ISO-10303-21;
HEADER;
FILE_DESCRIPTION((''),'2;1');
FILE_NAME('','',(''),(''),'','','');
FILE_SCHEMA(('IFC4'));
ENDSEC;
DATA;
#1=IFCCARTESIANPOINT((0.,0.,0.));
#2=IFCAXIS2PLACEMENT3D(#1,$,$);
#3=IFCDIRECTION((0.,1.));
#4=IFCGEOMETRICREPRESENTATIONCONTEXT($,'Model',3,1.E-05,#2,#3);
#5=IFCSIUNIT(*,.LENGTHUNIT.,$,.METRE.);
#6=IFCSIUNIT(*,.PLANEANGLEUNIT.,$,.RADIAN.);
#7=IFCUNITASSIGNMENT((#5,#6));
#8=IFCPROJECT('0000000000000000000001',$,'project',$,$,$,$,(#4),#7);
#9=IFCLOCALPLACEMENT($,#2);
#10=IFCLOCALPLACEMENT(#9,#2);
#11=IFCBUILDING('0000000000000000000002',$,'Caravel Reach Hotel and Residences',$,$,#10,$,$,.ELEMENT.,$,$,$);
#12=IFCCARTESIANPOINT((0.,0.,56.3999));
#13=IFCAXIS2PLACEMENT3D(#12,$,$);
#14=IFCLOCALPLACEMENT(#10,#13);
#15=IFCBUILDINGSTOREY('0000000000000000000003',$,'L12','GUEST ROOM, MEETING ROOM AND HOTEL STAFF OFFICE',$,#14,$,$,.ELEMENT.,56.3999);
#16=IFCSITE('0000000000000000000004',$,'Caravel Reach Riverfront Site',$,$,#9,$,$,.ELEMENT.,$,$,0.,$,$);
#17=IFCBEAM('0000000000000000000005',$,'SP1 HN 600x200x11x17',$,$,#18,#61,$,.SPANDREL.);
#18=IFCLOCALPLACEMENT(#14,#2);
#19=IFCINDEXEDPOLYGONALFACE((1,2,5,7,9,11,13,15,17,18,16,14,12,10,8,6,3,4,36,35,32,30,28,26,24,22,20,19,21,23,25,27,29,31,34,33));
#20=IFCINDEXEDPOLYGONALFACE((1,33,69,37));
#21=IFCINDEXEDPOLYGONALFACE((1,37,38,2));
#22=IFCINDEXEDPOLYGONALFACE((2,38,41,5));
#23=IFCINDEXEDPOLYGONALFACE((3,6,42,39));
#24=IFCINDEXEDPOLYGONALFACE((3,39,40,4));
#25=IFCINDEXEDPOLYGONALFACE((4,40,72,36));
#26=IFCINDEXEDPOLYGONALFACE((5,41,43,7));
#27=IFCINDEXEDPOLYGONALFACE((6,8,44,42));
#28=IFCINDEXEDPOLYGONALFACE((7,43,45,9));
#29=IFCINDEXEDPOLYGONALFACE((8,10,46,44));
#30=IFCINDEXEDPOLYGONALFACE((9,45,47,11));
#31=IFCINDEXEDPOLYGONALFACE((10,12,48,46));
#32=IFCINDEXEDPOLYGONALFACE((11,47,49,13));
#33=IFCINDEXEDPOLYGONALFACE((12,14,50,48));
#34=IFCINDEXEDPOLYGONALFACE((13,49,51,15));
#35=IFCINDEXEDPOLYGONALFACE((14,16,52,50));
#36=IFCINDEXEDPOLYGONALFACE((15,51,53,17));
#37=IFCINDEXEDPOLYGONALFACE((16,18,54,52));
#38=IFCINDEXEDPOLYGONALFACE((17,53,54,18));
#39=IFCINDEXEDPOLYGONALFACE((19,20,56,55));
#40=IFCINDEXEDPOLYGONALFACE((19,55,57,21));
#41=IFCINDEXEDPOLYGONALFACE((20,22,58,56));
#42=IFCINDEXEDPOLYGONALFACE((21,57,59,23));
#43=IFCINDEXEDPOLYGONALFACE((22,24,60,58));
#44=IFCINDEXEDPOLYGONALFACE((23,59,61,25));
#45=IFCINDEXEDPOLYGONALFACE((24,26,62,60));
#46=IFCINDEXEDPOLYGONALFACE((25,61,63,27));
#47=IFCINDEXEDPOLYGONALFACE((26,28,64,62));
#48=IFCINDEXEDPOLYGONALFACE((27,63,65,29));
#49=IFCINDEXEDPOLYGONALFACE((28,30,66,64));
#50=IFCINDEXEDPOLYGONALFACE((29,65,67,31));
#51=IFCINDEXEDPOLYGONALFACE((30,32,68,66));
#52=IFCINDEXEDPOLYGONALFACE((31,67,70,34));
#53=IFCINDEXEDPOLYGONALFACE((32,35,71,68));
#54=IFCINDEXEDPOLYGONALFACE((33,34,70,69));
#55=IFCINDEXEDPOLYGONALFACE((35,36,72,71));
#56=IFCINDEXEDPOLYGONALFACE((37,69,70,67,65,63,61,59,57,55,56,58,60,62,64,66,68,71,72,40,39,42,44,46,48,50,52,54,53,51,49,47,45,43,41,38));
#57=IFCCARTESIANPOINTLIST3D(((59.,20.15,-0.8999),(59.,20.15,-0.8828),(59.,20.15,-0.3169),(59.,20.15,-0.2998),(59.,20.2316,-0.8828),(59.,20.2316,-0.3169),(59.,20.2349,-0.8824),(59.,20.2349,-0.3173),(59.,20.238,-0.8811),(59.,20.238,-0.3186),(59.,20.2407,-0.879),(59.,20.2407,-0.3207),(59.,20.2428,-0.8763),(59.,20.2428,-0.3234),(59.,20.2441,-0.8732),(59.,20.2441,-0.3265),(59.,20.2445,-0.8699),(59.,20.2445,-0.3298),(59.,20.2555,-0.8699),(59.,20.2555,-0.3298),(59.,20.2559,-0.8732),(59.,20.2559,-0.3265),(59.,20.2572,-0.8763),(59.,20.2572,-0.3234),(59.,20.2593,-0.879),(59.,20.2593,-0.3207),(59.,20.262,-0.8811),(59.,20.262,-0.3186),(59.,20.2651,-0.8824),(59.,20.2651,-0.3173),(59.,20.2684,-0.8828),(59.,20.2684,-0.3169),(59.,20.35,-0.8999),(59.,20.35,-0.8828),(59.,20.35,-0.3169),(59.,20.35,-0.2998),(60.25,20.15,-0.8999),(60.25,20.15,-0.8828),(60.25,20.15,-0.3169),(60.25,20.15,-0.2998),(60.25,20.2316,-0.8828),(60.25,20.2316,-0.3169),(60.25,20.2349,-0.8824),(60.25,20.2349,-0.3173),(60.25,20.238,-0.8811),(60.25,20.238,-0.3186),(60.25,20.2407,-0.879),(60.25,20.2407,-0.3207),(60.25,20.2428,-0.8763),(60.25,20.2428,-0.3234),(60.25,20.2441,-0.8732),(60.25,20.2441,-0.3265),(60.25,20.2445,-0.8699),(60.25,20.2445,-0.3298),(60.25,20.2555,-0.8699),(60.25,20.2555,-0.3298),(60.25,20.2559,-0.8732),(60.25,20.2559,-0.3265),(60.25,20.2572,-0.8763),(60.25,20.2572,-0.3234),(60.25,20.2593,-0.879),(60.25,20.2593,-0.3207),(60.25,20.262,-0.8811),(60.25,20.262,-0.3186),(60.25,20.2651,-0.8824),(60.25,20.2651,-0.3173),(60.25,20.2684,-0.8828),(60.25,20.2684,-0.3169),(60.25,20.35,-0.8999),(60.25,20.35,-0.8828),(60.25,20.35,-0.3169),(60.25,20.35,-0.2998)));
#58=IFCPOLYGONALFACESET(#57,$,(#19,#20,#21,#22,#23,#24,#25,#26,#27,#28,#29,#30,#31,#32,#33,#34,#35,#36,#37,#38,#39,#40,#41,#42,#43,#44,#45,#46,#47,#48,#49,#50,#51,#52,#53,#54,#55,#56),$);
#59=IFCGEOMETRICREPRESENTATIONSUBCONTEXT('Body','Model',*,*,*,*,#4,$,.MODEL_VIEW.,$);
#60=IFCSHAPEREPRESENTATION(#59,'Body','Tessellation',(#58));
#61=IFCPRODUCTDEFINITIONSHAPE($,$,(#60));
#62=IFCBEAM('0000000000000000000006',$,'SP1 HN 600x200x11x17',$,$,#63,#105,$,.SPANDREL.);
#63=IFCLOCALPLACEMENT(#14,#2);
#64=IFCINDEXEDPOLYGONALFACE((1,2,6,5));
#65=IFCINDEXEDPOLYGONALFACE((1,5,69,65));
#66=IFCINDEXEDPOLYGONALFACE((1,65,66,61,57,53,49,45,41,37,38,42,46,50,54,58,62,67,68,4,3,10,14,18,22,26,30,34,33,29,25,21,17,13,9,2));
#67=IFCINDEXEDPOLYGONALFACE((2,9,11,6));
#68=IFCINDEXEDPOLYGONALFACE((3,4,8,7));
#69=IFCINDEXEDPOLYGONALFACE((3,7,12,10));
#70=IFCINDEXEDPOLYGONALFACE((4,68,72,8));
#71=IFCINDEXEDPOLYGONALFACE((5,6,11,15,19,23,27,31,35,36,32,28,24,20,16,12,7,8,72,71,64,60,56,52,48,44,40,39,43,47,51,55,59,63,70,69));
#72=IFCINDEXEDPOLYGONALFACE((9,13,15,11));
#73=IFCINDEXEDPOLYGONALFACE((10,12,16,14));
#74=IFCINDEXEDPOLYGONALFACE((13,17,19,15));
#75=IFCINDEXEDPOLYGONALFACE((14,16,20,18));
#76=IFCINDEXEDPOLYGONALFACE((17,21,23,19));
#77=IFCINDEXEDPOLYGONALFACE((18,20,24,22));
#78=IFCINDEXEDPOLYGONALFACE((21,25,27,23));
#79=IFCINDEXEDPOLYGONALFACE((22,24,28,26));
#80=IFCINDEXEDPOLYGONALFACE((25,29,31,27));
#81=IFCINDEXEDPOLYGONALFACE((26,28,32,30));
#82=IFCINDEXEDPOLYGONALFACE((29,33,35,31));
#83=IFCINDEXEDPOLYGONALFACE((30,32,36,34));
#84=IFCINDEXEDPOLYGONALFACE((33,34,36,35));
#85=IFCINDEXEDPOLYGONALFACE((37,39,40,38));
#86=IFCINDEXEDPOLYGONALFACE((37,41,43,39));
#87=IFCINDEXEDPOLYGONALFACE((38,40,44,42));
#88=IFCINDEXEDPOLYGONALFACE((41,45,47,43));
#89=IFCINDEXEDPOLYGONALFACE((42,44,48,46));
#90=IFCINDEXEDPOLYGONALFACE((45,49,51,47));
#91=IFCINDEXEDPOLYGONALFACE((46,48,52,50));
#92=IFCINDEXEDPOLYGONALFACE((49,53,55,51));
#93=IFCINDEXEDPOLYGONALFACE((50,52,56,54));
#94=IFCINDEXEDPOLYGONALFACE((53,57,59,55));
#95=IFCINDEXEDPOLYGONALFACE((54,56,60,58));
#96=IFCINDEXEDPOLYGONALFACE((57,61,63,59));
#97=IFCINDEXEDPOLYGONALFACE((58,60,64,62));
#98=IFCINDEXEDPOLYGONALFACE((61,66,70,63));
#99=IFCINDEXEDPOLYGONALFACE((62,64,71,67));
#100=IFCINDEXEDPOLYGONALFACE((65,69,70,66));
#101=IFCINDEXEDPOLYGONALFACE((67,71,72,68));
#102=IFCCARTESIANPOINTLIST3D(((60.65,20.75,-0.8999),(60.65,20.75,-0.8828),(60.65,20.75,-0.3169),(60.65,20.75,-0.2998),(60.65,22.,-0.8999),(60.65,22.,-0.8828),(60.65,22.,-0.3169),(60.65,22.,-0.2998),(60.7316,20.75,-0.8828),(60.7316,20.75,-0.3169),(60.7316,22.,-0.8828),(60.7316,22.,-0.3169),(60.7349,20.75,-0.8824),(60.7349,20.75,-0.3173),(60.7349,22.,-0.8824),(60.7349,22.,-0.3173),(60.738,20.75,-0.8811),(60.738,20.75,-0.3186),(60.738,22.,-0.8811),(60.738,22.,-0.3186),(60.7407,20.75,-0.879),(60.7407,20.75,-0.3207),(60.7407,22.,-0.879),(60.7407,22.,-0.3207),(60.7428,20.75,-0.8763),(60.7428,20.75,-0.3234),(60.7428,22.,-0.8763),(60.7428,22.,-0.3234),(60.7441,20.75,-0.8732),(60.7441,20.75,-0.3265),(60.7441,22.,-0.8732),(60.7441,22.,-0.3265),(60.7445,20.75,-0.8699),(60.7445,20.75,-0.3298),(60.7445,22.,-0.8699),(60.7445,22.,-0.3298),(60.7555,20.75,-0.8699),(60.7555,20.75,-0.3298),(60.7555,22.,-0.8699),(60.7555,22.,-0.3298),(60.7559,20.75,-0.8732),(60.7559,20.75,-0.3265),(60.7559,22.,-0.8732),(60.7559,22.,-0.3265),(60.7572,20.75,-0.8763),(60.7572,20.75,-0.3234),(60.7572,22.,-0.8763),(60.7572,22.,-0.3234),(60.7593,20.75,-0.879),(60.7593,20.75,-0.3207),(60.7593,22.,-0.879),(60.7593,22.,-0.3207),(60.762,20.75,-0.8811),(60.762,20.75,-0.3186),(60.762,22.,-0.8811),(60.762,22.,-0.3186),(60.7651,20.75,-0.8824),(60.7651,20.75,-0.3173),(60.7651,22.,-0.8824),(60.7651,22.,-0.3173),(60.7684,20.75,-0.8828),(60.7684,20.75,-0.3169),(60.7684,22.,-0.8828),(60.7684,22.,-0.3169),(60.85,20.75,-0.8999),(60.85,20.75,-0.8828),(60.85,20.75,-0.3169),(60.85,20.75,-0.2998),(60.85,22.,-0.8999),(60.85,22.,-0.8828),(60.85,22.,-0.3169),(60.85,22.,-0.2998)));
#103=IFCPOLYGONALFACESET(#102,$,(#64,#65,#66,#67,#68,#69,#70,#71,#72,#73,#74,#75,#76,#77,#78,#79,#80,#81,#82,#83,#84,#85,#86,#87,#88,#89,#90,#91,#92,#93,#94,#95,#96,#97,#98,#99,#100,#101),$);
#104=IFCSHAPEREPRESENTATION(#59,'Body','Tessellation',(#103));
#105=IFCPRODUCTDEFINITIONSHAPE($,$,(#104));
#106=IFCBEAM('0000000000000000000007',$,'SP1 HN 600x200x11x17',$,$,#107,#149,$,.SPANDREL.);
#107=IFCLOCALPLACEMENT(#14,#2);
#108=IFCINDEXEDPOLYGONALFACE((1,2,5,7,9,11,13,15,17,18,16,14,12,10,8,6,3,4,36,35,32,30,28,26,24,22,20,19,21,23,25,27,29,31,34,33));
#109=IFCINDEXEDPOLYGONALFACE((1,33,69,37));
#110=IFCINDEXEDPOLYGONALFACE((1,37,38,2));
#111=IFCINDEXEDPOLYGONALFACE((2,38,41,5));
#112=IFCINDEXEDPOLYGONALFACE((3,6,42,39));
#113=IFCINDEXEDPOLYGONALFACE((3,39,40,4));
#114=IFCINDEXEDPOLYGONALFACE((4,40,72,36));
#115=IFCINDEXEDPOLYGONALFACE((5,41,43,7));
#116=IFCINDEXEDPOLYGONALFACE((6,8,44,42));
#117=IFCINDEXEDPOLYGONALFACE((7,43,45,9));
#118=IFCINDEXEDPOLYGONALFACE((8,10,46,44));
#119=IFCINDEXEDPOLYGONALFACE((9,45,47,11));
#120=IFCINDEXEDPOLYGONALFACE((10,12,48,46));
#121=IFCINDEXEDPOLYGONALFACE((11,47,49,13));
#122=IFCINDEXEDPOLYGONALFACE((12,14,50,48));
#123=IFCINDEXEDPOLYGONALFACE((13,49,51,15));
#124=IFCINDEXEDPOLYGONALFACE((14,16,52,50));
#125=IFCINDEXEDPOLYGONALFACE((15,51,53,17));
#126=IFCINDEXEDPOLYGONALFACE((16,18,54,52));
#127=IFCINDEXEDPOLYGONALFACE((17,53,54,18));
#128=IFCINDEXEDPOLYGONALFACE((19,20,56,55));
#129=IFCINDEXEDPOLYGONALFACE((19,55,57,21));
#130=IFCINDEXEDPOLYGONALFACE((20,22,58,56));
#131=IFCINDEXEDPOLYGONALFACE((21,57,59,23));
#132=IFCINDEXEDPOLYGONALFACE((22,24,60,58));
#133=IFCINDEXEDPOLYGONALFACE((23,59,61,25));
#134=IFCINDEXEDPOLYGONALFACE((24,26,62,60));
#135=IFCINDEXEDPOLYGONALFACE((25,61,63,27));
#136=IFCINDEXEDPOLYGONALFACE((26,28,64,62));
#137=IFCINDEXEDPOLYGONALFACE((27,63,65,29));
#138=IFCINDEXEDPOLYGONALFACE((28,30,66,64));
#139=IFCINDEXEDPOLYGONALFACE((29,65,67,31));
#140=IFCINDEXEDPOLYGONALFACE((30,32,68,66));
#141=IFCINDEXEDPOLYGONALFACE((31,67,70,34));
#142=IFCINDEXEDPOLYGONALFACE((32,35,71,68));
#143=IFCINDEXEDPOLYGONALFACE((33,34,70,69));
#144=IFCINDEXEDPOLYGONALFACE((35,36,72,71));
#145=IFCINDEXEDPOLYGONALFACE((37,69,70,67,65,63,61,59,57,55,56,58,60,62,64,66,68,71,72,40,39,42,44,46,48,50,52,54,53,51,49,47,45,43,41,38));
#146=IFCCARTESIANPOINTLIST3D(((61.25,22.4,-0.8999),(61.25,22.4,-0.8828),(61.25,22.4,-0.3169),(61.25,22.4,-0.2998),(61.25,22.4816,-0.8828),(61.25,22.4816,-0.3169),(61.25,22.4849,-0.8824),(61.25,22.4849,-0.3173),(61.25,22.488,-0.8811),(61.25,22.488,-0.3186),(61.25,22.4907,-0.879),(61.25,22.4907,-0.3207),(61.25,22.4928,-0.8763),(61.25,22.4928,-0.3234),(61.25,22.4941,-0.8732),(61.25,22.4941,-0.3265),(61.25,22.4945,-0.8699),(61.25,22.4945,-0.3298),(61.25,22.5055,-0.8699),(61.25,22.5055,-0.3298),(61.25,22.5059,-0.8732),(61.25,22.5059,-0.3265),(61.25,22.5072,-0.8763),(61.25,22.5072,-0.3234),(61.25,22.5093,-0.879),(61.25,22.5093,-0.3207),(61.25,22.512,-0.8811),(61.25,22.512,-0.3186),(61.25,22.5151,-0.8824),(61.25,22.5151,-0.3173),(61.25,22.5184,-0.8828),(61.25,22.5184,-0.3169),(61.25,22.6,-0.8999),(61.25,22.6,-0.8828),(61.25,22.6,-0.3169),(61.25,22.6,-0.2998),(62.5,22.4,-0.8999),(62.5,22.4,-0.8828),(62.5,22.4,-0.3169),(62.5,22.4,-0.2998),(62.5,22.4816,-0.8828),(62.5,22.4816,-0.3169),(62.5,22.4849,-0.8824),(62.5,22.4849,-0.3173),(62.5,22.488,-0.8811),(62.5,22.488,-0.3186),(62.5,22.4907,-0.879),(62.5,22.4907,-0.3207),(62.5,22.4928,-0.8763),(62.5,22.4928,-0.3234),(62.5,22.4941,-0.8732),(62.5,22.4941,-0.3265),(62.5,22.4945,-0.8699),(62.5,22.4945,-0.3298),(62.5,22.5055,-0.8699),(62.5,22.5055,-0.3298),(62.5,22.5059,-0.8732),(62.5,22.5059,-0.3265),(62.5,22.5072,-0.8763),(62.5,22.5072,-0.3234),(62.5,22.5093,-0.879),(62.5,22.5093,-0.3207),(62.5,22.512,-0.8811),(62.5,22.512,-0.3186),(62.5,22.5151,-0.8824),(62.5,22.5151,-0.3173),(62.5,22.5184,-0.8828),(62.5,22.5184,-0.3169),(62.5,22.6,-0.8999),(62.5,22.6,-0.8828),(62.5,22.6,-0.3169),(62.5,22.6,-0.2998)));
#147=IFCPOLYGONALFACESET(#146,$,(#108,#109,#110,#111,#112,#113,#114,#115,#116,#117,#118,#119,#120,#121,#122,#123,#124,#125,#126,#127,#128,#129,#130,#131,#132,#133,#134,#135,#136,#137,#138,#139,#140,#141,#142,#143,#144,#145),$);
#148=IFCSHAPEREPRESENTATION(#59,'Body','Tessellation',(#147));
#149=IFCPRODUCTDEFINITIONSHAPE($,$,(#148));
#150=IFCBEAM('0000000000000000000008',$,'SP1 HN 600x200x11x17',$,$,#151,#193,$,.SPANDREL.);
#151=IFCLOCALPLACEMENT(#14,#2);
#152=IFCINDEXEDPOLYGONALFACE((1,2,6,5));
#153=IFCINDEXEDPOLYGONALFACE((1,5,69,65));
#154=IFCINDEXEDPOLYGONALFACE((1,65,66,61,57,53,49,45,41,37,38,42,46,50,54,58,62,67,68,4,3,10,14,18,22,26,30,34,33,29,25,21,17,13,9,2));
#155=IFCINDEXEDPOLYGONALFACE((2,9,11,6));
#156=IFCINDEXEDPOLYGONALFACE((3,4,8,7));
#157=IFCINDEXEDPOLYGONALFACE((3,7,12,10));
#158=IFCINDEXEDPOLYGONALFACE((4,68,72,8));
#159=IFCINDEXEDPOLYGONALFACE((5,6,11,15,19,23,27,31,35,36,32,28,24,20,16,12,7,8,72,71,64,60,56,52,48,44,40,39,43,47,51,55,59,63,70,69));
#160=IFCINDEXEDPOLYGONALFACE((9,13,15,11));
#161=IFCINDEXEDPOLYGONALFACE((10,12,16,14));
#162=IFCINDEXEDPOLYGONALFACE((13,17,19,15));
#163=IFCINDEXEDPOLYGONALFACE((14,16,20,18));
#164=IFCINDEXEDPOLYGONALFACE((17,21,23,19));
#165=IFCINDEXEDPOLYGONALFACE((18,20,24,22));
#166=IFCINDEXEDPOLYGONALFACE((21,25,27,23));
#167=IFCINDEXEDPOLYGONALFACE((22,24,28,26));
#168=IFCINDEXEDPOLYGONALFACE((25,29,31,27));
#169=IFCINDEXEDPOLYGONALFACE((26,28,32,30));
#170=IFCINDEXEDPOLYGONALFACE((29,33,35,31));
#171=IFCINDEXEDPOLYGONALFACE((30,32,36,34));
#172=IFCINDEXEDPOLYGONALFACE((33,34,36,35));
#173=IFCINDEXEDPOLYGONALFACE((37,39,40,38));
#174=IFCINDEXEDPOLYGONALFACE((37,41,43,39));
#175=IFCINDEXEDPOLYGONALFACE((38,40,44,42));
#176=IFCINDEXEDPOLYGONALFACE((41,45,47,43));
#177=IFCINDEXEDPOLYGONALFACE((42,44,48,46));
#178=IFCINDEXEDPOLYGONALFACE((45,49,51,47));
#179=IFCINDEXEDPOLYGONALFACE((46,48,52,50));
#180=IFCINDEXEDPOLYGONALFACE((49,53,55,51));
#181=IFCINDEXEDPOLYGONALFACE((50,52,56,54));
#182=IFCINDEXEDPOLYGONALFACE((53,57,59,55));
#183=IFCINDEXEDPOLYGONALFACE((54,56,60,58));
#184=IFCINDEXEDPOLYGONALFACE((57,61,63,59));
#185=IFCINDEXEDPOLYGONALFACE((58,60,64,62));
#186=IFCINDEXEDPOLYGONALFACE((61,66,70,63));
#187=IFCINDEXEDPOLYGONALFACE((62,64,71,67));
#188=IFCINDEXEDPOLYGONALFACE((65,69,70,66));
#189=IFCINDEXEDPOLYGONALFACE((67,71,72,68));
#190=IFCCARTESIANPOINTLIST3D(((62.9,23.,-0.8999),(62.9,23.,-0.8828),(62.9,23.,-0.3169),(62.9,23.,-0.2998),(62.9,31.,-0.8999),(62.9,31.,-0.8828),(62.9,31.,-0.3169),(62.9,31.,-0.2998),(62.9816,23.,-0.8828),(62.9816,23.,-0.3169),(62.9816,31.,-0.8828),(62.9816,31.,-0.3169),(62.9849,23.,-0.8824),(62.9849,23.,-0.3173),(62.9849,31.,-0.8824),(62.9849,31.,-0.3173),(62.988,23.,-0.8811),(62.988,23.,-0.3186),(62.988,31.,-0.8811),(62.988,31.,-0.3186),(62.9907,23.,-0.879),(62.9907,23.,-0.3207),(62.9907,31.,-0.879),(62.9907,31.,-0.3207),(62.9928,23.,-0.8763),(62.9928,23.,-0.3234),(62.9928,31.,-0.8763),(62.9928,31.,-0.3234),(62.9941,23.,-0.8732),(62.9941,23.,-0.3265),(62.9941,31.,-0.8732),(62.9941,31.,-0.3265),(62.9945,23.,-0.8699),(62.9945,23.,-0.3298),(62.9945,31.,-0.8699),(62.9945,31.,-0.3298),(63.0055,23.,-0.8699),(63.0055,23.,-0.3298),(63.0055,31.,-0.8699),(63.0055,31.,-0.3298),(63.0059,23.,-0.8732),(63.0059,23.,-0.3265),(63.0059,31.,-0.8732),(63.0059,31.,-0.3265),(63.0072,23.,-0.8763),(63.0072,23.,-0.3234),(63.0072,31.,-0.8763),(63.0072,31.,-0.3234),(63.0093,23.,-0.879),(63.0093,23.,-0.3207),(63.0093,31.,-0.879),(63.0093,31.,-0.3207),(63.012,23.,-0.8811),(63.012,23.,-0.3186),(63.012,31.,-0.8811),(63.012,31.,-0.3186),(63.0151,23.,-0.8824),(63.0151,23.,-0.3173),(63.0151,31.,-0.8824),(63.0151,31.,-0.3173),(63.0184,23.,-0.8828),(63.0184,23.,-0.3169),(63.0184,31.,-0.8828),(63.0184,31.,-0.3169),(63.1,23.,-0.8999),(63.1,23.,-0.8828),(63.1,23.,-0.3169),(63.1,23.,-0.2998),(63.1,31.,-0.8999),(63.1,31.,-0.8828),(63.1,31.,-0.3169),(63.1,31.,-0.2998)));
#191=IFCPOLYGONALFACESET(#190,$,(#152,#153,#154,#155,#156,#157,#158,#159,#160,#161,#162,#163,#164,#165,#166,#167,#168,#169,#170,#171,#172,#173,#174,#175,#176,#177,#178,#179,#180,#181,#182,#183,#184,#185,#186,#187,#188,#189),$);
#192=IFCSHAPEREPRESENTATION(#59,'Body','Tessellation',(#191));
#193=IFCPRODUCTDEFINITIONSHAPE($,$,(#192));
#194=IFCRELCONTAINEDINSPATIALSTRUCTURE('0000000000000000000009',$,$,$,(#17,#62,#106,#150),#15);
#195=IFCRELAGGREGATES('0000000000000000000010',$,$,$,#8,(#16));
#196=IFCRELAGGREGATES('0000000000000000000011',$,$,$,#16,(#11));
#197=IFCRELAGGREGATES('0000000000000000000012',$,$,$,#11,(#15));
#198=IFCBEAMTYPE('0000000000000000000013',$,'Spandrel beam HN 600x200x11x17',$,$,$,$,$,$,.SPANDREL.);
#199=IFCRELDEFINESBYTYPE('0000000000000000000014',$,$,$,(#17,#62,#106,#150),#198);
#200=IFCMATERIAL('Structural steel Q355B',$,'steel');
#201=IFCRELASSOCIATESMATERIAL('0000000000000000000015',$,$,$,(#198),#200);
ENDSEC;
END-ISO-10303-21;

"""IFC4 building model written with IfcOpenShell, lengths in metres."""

from ifc_helpers import new_model, si_unit, direction, frame, origin, origin_2d, place, context, subcontext, project, spatial, i_section, extrude, material, material_profile, profile_set, type_object, element, save


model = new_model("IFC4")

# Units and contexts
model_context = context("Model", 3, precision=1e-05, world=origin(), true_north=direction((0.0, 1.0)))
body_context = subcontext(model_context, "Body", "Model", "MODEL_VIEW")
ifc_project = project(units=[si_unit("LENGTHUNIT", "METRE"), si_unit("PLANEANGLEUNIT", "RADIAN")], contexts=[model_context])

# Site, building, storey
site_placement = place(None, origin())
site = spatial("IfcSite", under=ifc_project, at=site_placement, Name="Caravel Reach Riverfront Site", CompositionType="ELEMENT", RefElevation=0.0)
building_placement = place(site_placement, origin())
building = spatial("IfcBuilding", under=site, at=building_placement, Name="Caravel Reach Hotel and Residences", CompositionType="ELEMENT")
storey_placement = place(building_placement, frame((0.0, 0.0, 56.3999)))
storey = spatial("IfcBuildingStorey", under=building, at=storey_placement, Name="L12", Description="GUEST ROOM, MEETING ROOM AND HOTEL STAFF OFFICE", CompositionType="ELEMENT", Elevation=56.3999)

# Beams
ifc_material_1 = material(Name="Structural steel Q355B", Category="steel")
ifc_material_profile_1 = material_profile(ifc_material_1, i_section(OverallWidth=0.2, OverallDepth=0.6001, WebThickness=0.011, FlangeThickness=0.0171, FilletRadius=0.0129, at=origin_2d()), Name="HN 600x200x11x17")
ifc_profile_set_1 = profile_set([ifc_material_profile_1], Name="Structural steel Q355B")
beam_type = type_object("IfcBeamType", Name="Spandrel beam HN 600x200x11x17", PredefinedType="SPANDREL", material=ifc_profile_set_1)
for number, where, z_axis, x_axis, name in (
    (1, (59.0, 20.25, -0.5999), (1.0, 0.0, 0.0), (0.0, 1.0, 0.0), "SP1 HN 600x200x11x17"),
    (2, (60.75, 20.75, -0.5999), (0.0, 1.0, 0.0), (-1.0, 0.0, 0.0), "SP1 HN 600x200x11x17"),
    (3, (61.25, 22.5, -0.5999), (1.0, 0.0, 0.0), (0.0, 1.0, 0.0), "SP1 HN 600x200x11x17"),
):
    element("IfcBeam", number, at=place(storey_placement, frame(where, z_axis=z_axis, x_axis=x_axis)), inside=storey, type_object=beam_type, Name=name, PredefinedType="SPANDREL", context=body_context, shape_type="SweptSolid", body=[
        extrude(i_section(OverallWidth=0.2, OverallDepth=0.6001, WebThickness=0.011, FlangeThickness=0.0171, FilletRadius=0.0129, at=origin_2d()), origin(), (0.0, 0.0, 1.0), 1.25),
    ])
beam_1_placement = place(storey_placement, frame((63.0, 23.0, -0.5999), z_axis=(0.0, 1.0, 0.0), x_axis=(-1.0, 0.0, 0.0)))
element("IfcBeam", 4, at=beam_1_placement, inside=storey, type_object=beam_type, Name="SP1 HN 600x200x11x17", PredefinedType="SPANDREL", context=body_context, shape_type="SweptSolid", body=[
    extrude(i_section(OverallWidth=0.2, OverallDepth=0.6001, WebThickness=0.011, FlangeThickness=0.0171, FilletRadius=0.0129, at=origin_2d()), origin(), (0.0, 0.0, 1.0), 8.0),
])

save(model, "model.ifc")
